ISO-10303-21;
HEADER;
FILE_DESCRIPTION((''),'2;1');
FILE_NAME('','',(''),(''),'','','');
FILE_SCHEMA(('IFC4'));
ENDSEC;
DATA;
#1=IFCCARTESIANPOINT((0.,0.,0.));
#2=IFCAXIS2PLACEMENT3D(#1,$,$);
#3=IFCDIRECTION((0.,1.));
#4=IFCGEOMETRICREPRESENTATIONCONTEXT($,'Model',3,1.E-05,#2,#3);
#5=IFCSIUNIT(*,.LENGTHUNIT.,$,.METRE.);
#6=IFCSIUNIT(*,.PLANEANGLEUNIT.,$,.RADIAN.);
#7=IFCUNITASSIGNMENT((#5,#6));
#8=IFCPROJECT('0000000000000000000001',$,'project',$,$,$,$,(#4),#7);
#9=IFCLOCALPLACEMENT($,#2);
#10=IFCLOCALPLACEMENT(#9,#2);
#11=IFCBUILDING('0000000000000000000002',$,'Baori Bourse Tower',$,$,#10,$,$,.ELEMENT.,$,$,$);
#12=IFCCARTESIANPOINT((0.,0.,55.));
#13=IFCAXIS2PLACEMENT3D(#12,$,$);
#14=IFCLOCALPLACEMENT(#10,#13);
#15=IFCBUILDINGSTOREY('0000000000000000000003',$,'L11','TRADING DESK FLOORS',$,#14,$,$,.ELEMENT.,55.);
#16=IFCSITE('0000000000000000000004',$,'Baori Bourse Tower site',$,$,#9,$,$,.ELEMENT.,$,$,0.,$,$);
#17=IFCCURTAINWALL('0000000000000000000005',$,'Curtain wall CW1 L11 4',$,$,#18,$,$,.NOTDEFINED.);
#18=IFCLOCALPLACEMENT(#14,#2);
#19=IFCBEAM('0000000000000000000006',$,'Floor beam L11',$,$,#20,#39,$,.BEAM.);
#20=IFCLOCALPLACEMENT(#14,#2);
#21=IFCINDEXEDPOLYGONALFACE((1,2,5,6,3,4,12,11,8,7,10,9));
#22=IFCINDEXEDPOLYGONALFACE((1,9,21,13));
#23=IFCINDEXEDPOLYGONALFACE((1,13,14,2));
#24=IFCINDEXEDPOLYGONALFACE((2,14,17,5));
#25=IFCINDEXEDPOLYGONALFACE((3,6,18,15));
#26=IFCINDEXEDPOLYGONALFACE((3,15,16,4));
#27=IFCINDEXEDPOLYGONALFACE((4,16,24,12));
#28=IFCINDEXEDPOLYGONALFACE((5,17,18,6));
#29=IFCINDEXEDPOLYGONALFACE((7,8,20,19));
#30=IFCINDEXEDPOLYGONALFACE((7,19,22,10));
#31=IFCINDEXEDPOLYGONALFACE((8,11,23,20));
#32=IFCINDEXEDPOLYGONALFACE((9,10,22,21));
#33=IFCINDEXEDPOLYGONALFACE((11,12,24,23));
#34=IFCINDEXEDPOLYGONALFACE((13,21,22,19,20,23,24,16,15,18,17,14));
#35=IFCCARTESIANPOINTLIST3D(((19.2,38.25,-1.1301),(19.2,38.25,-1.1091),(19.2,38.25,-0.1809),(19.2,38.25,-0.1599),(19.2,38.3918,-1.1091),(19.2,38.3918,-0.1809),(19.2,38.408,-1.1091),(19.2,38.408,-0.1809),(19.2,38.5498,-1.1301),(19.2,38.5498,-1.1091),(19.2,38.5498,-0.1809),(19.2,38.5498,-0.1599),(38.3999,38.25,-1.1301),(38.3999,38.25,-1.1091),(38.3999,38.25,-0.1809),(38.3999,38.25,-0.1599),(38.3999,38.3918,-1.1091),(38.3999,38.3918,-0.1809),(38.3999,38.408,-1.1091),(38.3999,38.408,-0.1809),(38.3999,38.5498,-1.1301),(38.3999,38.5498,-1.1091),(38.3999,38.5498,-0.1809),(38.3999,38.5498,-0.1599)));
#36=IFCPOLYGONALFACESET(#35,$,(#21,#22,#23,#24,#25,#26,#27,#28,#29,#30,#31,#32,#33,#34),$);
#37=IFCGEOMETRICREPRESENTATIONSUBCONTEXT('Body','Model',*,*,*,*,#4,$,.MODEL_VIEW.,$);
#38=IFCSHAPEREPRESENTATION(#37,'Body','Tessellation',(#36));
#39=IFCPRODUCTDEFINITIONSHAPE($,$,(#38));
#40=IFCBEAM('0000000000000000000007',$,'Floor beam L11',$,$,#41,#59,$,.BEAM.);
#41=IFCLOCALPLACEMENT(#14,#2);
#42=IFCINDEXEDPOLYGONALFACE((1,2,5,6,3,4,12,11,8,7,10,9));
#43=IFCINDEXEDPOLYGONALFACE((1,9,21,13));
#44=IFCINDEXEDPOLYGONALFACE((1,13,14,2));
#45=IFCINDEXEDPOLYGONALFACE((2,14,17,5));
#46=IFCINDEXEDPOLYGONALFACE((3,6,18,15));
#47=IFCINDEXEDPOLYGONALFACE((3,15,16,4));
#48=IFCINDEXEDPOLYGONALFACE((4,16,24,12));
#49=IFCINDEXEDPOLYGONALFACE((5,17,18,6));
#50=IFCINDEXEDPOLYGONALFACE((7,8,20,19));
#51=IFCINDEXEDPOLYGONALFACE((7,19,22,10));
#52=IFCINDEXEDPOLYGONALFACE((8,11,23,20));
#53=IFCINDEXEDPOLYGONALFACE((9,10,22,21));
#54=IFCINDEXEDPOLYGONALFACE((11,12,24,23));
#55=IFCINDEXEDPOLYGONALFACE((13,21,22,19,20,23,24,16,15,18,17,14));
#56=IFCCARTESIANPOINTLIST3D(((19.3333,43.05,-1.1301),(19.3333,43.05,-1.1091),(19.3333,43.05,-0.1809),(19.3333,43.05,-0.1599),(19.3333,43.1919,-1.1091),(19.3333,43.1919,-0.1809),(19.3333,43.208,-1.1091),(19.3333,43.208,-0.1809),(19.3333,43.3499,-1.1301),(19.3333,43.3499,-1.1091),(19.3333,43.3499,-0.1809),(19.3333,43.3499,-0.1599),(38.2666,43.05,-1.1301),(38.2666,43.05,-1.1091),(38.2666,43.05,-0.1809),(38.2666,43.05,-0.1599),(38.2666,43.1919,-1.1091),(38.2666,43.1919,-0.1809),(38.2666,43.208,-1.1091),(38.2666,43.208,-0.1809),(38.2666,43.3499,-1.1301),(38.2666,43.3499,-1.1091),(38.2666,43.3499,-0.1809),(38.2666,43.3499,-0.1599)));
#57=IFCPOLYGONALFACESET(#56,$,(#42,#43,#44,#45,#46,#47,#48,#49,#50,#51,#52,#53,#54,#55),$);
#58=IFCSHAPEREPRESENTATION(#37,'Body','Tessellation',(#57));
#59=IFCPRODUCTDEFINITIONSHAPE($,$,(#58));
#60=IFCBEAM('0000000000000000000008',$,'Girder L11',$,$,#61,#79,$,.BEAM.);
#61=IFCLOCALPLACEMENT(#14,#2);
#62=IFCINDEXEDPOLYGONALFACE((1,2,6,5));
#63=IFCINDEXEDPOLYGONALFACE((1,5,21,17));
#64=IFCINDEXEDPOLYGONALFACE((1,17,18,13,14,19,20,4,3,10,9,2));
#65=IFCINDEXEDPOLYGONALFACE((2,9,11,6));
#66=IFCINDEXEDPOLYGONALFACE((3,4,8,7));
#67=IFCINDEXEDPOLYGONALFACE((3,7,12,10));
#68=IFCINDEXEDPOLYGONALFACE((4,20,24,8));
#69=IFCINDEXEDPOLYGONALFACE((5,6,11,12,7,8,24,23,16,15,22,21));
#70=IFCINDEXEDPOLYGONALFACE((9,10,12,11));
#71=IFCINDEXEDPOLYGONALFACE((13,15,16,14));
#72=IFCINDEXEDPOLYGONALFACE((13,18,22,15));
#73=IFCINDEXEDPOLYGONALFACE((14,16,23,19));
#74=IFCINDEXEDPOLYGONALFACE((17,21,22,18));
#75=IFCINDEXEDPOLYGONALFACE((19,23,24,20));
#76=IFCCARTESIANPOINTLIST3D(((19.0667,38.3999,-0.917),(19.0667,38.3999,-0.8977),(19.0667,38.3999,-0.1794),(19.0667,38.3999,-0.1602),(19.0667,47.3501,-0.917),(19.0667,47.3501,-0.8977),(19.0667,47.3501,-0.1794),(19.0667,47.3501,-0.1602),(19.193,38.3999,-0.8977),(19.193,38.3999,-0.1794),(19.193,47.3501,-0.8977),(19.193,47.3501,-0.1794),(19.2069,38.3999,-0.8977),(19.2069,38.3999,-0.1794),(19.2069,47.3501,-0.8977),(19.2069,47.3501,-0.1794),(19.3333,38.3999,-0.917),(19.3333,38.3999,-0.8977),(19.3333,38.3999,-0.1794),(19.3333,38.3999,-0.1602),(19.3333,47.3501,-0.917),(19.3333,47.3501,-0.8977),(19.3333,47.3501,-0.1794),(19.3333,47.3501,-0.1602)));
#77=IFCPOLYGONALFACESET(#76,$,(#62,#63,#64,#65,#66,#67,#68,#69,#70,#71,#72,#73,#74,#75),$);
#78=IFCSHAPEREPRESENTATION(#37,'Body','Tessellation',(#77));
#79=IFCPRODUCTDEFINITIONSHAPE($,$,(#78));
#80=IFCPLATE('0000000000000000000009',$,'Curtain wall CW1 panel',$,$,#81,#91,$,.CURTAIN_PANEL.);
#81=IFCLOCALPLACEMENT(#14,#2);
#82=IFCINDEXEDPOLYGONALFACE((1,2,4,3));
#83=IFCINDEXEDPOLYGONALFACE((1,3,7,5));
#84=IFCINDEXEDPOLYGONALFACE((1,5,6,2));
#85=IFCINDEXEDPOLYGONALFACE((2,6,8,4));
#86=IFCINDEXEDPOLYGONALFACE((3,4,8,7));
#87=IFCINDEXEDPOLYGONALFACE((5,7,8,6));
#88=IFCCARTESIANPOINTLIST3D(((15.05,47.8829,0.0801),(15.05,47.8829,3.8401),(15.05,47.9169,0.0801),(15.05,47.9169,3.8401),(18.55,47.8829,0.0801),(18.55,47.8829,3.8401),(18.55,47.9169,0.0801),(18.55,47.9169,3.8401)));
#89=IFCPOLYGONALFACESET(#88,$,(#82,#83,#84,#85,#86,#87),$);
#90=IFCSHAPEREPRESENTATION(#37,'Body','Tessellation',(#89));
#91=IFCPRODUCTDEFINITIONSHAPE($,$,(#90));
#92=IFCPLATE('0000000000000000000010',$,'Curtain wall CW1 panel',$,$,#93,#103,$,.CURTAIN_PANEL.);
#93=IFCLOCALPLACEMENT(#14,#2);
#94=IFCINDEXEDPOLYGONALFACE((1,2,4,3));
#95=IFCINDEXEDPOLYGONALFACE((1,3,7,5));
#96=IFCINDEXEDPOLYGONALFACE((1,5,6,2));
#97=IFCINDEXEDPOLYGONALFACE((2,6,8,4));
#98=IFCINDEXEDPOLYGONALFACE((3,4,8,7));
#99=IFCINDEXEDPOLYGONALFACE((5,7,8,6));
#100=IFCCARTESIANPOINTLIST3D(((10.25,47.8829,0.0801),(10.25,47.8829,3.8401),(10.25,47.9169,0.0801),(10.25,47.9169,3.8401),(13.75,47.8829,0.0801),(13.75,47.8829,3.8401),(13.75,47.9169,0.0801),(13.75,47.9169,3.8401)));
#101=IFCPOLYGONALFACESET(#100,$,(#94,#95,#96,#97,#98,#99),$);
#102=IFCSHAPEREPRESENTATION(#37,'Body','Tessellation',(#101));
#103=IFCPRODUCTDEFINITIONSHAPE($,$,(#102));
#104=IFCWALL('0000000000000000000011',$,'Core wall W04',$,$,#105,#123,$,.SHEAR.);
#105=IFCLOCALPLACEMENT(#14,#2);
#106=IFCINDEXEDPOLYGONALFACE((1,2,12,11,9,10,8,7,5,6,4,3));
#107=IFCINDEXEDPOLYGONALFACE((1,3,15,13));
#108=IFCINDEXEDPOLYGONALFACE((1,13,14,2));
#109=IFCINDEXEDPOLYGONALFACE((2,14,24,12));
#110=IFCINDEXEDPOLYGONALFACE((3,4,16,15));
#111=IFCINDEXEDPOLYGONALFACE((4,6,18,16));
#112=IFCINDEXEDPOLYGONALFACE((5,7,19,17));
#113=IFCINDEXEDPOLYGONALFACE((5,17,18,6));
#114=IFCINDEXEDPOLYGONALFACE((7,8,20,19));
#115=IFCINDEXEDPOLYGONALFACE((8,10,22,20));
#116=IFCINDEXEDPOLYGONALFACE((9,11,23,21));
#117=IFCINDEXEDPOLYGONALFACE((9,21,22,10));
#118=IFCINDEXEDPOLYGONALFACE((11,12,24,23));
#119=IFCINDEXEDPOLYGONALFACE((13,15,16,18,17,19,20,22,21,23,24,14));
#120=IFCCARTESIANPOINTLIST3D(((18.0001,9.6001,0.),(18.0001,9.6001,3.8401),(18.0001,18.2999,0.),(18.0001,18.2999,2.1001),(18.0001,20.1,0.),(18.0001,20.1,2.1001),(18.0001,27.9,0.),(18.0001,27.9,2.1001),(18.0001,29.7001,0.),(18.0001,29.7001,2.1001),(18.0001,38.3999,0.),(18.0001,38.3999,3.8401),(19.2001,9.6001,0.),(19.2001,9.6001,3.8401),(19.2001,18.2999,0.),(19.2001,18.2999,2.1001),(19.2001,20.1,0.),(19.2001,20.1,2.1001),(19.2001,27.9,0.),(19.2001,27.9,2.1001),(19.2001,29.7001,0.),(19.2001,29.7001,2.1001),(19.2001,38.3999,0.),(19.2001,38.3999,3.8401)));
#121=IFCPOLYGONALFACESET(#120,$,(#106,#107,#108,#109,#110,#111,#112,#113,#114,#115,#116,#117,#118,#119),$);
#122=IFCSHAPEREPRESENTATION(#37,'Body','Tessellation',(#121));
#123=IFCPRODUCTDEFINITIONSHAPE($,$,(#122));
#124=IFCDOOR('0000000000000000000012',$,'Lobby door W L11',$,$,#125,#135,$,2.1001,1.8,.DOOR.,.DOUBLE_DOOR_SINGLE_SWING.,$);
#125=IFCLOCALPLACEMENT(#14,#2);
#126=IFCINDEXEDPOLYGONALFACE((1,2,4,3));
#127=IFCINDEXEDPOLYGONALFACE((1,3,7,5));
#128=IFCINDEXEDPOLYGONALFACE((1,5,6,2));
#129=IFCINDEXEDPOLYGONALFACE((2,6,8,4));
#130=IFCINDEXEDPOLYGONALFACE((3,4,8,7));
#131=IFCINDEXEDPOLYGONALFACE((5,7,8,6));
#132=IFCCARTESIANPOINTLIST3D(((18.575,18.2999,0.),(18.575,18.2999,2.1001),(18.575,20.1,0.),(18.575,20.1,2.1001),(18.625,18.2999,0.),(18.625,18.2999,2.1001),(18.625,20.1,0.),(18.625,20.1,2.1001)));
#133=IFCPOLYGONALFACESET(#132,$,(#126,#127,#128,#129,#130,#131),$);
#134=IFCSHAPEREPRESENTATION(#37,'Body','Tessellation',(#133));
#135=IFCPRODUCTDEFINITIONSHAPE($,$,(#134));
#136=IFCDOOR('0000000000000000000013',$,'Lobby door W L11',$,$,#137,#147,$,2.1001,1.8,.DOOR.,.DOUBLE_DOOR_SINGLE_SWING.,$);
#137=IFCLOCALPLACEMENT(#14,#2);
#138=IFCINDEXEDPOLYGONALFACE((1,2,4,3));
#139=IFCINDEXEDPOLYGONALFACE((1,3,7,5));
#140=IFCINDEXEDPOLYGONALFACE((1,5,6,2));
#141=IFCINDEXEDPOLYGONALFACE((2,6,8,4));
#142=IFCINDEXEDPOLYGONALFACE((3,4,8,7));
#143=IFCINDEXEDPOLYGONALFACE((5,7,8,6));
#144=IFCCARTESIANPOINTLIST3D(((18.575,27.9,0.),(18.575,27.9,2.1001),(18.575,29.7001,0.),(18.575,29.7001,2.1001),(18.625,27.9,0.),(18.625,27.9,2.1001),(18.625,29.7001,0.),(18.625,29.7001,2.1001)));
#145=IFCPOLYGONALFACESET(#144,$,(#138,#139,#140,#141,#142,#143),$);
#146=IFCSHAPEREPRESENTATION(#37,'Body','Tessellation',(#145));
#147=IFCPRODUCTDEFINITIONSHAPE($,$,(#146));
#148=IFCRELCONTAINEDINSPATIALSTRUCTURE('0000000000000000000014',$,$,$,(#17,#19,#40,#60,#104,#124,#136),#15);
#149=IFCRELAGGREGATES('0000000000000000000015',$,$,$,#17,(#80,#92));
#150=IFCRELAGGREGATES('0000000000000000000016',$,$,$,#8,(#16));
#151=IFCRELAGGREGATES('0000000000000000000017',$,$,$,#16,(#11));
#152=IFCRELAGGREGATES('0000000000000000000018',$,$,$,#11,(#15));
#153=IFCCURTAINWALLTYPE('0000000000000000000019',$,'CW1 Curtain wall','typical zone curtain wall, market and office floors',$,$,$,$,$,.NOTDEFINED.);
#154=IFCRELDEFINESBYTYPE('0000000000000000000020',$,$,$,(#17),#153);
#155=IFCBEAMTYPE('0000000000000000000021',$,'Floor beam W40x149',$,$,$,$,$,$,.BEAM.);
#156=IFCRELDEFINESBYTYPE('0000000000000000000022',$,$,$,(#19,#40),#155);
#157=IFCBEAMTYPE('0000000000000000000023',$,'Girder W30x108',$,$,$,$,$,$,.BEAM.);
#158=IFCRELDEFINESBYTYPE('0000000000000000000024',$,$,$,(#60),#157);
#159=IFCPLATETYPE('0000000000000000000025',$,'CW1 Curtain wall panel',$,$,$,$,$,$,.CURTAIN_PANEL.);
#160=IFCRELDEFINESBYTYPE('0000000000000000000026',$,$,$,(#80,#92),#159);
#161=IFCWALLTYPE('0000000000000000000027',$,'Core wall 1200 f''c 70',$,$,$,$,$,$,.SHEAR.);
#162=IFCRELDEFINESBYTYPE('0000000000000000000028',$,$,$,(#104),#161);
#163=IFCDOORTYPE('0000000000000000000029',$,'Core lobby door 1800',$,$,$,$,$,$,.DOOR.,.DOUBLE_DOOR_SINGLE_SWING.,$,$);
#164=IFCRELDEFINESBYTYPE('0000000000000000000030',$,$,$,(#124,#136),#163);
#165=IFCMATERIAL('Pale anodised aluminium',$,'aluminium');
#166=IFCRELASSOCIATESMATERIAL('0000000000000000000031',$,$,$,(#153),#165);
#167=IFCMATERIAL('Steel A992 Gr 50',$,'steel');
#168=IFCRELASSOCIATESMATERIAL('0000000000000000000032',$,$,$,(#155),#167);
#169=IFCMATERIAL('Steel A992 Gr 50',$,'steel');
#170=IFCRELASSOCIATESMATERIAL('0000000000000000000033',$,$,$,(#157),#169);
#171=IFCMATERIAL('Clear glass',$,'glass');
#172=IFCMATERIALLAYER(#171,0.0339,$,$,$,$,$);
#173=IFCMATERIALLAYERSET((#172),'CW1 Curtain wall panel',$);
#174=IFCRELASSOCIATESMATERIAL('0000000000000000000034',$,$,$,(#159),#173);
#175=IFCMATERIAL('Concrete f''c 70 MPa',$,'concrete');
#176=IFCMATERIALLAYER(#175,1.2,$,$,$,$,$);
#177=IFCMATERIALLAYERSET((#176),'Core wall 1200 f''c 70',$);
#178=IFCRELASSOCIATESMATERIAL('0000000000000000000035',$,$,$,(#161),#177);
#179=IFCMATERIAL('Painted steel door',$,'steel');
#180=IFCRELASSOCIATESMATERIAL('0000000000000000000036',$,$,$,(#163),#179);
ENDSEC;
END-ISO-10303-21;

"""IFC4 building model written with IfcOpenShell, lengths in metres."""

from ifc_helpers import new_model, si_unit, direction, frame, frame_2d, origin, origin_2d, place, context, subcontext, project, spatial, rectangle, i_section, extrude, material, layer, layer_set, material_profile, profile_set, type_object, element, fill, aggregate, save


model = new_model("IFC4")

# Units and contexts
model_context = context("Model", 3, precision=1e-05, world=origin(), true_north=direction((0.0, 1.0)))
body_context = subcontext(model_context, "Body", "Model", "MODEL_VIEW")
ifc_project = project(units=[si_unit("LENGTHUNIT", "METRE"), si_unit("PLANEANGLEUNIT", "RADIAN")], contexts=[model_context])

# Site, building, storey
site_placement = place(None, origin())
site = spatial("IfcSite", under=ifc_project, at=site_placement, Name="Baori Bourse Tower site", CompositionType="ELEMENT", RefElevation=0.0)
building_placement = place(site_placement, origin())
building = spatial("IfcBuilding", under=site, at=building_placement, Name="Baori Bourse Tower", CompositionType="ELEMENT")
storey_placement = place(building_placement, frame((0.0, 0.0, 55.0)))
storey = spatial("IfcBuildingStorey", under=building, at=storey_placement, Name="L11", Description="TRADING DESK FLOORS", CompositionType="ELEMENT", Elevation=55.0)

# Curtain wall
ifc_material_1 = material(Name="Pale anodised aluminium", Category="aluminium")
curtain_wall_type = type_object("IfcCurtainWallType", Name="CW1 Curtain wall", Description="typical zone curtain wall, market and office floors", PredefinedType="NOTDEFINED", material=ifc_material_1)
curtain_wall_placement = place(storey_placement, origin())
curtain_wall = element("IfcCurtainWall", 1, at=curtain_wall_placement, inside=storey, type_object=curtain_wall_type, Name="Curtain wall CW1 L11 4", PredefinedType="NOTDEFINED")

# Beams
ifc_material_2 = material(Name="Steel A992 Gr 50", Category="steel")
ifc_material_profile_1 = material_profile(ifc_material_2, i_section(OverallWidth=0.2998, OverallDepth=0.9702, WebThickness=0.0161, FlangeThickness=0.021, at=origin_2d()), Name="W40x149")
ifc_profile_set_1 = profile_set([ifc_material_profile_1], Name="Steel A992 Gr 50")
beam_type_1 = type_object("IfcBeamType", Name="Floor beam W40x149", PredefinedType="BEAM", material=ifc_profile_set_1)
beam_1_placement = place(storey_placement, frame((19.2, 38.3999, -0.645), z_axis=(1.0, 0.0, 0.0), x_axis=(0.0, 1.0, 0.0)))
element("IfcBeam", 2, at=beam_1_placement, inside=storey, type_object=beam_type_1, Name="Floor beam L11", PredefinedType="BEAM", context=body_context, shape_type="SweptSolid", body=[
    extrude(i_section(OverallWidth=0.2998, OverallDepth=0.9702, WebThickness=0.0161, FlangeThickness=0.021, at=origin_2d()), origin(), (0.0, 0.0, 1.0), 19.2),
])
beam_2_placement = place(storey_placement, frame((19.3333, 43.2, -0.645), z_axis=(1.0, 0.0, 0.0), x_axis=(0.0, 1.0, 0.0)))
element("IfcBeam", 3, at=beam_2_placement, inside=storey, type_object=beam_type_1, Name="Floor beam L11", PredefinedType="BEAM", context=body_context, shape_type="SweptSolid", body=[
    extrude(i_section(OverallWidth=0.2998, OverallDepth=0.9702, WebThickness=0.0161, FlangeThickness=0.021, at=origin_2d()), origin(), (0.0, 0.0, 1.0), 18.9333),
])
ifc_material_3 = material(Name="Steel A992 Gr 50", Category="steel")
ifc_material_profile_2 = material_profile(ifc_material_3, i_section(OverallWidth=0.2666, OverallDepth=0.7568, WebThickness=0.0139, FlangeThickness=0.0193, at=origin_2d()), Name="W30x108")
ifc_profile_set_2 = profile_set([ifc_material_profile_2], Name="Steel A992 Gr 50")
beam_type_2 = type_object("IfcBeamType", Name="Girder W30x108", PredefinedType="BEAM", material=ifc_profile_set_2)
beam_3_placement = place(storey_placement, frame((19.2, 38.3999, -0.5386), z_axis=(0.0, 1.0, 0.0), x_axis=(-1.0, 0.0, 0.0)))
element("IfcBeam", 4, at=beam_3_placement, inside=storey, type_object=beam_type_2, Name="Girder L11", PredefinedType="BEAM", context=body_context, shape_type="SweptSolid", body=[
    extrude(i_section(OverallWidth=0.2666, OverallDepth=0.7568, WebThickness=0.0139, FlangeThickness=0.0193, at=origin_2d()), origin(), (0.0, 0.0, 1.0), 8.9502),
])

# Plates
ifc_material_4 = material(Name="Clear glass", Category="glass")
ifc_layer_1 = layer(ifc_material_4, 0.0339)
ifc_layer_set_1 = layer_set([ifc_layer_1], Name="CW1 Curtain wall panel")
plate_type = type_object("IfcPlateType", Name="CW1 Curtain wall panel", PredefinedType="CURTAIN_PANEL", material=ifc_layer_set_1)
plate_1_placement = place(storey_placement, frame((16.8, 47.8999, 0.0801), z_axis=(0.0, 0.0, 1.0), x_axis=(-1.0, 0.0, 0.0)))
plate_1 = element("IfcPlate", 5, at=plate_1_placement, type_object=plate_type, Name="Curtain wall CW1 panel", PredefinedType="CURTAIN_PANEL", context=body_context, shape_type="SweptSolid", body=[
    extrude(rectangle(XDim=3.5, YDim=0.0339, at=origin_2d()), origin(), (0.0, 0.0, 1.0), 3.76),
])
plate_2_placement = place(storey_placement, frame((12.0, 47.8999, 0.0801), z_axis=(0.0, 0.0, 1.0), x_axis=(-1.0, 0.0, 0.0)))
plate_2 = element("IfcPlate", 6, at=plate_2_placement, type_object=plate_type, Name="Curtain wall CW1 panel", PredefinedType="CURTAIN_PANEL", context=body_context, shape_type="SweptSolid", body=[
    extrude(rectangle(XDim=3.5, YDim=0.0339, at=origin_2d()), origin(), (0.0, 0.0, 1.0), 3.76),
])
aggregate(curtain_wall, [plate_1, plate_2])

# Wall, openings, doors
ifc_material_5 = material(Name="Concrete f'c 70 MPa", Category="concrete")
ifc_layer_2 = layer(ifc_material_5, 1.2)
ifc_layer_set_2 = layer_set([ifc_layer_2], Name="Core wall 1200 f'c 70")
wall_type_1 = type_object("IfcWallType", Name="Core wall 1200 f'c 70", PredefinedType="SHEAR", material=ifc_layer_set_2)
wall_1_placement = place(storey_placement, frame((18.6001, 38.3999, 0.0), z_axis=(0.0, 0.0, 1.0), x_axis=(0.0, -1.0, 0.0)))
wall_1 = element("IfcWall", 7, at=wall_1_placement, inside=storey, type_object=wall_type_1, Name="Core wall W04", PredefinedType="SHEAR", context=body_context, shape_type="SweptSolid", body=[
    extrude(rectangle(XDim=28.7998, YDim=1.2, at=frame_2d((14.3999, 0.0))), origin(), (0.0, 0.0, 1.0), 3.8401),
])
opening_1_placement = place(wall_1_placement, frame((18.3, 0.0, 0.0)))
opening_1 = element("IfcOpeningElement", 8, at=opening_1_placement, cuts=wall_1, PredefinedType="OPENING", context=body_context, shape_type="SweptSolid", body=[
    extrude(rectangle(XDim=1.8, YDim=2.1001, at=frame_2d((0.8999, 1.05))), frame((0.0, 0.6099, 0.0), z_axis=(0.0, -1.0, 0.0), x_axis=(1.0, 0.0, 0.0)), (0.0, 0.0, 1.0), 1.22),
])
opening_2_placement = place(wall_1_placement, frame((8.7, 0.0, 0.0)))
opening_2 = element("IfcOpeningElement", 9, at=opening_2_placement, cuts=wall_1, PredefinedType="OPENING", context=body_context, shape_type="SweptSolid", body=[
    extrude(rectangle(XDim=1.8, YDim=2.1001, at=frame_2d((0.8999, 1.05))), frame((0.0, 0.6099, 0.0), z_axis=(0.0, -1.0, 0.0), x_axis=(1.0, 0.0, 0.0)), (0.0, 0.0, 1.0), 1.22),
])
ifc_material_6 = material(Name="Painted steel door", Category="steel")
door_type_1 = type_object("IfcDoorType", Name="Core lobby door 1800", OperationType="DOUBLE_DOOR_SINGLE_SWING", PredefinedType="DOOR", material=ifc_material_6)
door_1_placement = place(opening_1_placement, origin())
door_1 = element("IfcDoor", 10, at=door_1_placement, inside=storey, type_object=door_type_1, Name="Lobby door W L11", OperationType="DOUBLE_DOOR_SINGLE_SWING", OverallHeight=2.1001, OverallWidth=1.8, PredefinedType="DOOR", context=body_context, shape_type="SweptSolid", body=[
    extrude(rectangle(XDim=1.8, YDim=2.1001, at=frame_2d((0.8999, 1.05))), frame((0.0, 0.0249, 0.0), z_axis=(0.0, -1.0, 0.0), x_axis=(1.0, 0.0, 0.0)), (0.0, 0.0, 1.0), 0.05),
])
fill(opening_1, door_1)
door_2_placement = place(opening_2_placement, origin())
door_2 = element("IfcDoor", 11, at=door_2_placement, inside=storey, type_object=door_type_1, Name="Lobby door W L11", OperationType="DOUBLE_DOOR_SINGLE_SWING", OverallHeight=2.1001, OverallWidth=1.8, PredefinedType="DOOR", context=body_context, shape_type="SweptSolid", body=[
    extrude(rectangle(XDim=1.8, YDim=2.1001, at=frame_2d((0.8999, 1.05))), frame((0.0, 0.0249, 0.0), z_axis=(0.0, -1.0, 0.0), x_axis=(1.0, 0.0, 0.0)), (0.0, 0.0, 1.0), 0.05),
])
fill(opening_2, door_2)

save(model, "model.ifc")
